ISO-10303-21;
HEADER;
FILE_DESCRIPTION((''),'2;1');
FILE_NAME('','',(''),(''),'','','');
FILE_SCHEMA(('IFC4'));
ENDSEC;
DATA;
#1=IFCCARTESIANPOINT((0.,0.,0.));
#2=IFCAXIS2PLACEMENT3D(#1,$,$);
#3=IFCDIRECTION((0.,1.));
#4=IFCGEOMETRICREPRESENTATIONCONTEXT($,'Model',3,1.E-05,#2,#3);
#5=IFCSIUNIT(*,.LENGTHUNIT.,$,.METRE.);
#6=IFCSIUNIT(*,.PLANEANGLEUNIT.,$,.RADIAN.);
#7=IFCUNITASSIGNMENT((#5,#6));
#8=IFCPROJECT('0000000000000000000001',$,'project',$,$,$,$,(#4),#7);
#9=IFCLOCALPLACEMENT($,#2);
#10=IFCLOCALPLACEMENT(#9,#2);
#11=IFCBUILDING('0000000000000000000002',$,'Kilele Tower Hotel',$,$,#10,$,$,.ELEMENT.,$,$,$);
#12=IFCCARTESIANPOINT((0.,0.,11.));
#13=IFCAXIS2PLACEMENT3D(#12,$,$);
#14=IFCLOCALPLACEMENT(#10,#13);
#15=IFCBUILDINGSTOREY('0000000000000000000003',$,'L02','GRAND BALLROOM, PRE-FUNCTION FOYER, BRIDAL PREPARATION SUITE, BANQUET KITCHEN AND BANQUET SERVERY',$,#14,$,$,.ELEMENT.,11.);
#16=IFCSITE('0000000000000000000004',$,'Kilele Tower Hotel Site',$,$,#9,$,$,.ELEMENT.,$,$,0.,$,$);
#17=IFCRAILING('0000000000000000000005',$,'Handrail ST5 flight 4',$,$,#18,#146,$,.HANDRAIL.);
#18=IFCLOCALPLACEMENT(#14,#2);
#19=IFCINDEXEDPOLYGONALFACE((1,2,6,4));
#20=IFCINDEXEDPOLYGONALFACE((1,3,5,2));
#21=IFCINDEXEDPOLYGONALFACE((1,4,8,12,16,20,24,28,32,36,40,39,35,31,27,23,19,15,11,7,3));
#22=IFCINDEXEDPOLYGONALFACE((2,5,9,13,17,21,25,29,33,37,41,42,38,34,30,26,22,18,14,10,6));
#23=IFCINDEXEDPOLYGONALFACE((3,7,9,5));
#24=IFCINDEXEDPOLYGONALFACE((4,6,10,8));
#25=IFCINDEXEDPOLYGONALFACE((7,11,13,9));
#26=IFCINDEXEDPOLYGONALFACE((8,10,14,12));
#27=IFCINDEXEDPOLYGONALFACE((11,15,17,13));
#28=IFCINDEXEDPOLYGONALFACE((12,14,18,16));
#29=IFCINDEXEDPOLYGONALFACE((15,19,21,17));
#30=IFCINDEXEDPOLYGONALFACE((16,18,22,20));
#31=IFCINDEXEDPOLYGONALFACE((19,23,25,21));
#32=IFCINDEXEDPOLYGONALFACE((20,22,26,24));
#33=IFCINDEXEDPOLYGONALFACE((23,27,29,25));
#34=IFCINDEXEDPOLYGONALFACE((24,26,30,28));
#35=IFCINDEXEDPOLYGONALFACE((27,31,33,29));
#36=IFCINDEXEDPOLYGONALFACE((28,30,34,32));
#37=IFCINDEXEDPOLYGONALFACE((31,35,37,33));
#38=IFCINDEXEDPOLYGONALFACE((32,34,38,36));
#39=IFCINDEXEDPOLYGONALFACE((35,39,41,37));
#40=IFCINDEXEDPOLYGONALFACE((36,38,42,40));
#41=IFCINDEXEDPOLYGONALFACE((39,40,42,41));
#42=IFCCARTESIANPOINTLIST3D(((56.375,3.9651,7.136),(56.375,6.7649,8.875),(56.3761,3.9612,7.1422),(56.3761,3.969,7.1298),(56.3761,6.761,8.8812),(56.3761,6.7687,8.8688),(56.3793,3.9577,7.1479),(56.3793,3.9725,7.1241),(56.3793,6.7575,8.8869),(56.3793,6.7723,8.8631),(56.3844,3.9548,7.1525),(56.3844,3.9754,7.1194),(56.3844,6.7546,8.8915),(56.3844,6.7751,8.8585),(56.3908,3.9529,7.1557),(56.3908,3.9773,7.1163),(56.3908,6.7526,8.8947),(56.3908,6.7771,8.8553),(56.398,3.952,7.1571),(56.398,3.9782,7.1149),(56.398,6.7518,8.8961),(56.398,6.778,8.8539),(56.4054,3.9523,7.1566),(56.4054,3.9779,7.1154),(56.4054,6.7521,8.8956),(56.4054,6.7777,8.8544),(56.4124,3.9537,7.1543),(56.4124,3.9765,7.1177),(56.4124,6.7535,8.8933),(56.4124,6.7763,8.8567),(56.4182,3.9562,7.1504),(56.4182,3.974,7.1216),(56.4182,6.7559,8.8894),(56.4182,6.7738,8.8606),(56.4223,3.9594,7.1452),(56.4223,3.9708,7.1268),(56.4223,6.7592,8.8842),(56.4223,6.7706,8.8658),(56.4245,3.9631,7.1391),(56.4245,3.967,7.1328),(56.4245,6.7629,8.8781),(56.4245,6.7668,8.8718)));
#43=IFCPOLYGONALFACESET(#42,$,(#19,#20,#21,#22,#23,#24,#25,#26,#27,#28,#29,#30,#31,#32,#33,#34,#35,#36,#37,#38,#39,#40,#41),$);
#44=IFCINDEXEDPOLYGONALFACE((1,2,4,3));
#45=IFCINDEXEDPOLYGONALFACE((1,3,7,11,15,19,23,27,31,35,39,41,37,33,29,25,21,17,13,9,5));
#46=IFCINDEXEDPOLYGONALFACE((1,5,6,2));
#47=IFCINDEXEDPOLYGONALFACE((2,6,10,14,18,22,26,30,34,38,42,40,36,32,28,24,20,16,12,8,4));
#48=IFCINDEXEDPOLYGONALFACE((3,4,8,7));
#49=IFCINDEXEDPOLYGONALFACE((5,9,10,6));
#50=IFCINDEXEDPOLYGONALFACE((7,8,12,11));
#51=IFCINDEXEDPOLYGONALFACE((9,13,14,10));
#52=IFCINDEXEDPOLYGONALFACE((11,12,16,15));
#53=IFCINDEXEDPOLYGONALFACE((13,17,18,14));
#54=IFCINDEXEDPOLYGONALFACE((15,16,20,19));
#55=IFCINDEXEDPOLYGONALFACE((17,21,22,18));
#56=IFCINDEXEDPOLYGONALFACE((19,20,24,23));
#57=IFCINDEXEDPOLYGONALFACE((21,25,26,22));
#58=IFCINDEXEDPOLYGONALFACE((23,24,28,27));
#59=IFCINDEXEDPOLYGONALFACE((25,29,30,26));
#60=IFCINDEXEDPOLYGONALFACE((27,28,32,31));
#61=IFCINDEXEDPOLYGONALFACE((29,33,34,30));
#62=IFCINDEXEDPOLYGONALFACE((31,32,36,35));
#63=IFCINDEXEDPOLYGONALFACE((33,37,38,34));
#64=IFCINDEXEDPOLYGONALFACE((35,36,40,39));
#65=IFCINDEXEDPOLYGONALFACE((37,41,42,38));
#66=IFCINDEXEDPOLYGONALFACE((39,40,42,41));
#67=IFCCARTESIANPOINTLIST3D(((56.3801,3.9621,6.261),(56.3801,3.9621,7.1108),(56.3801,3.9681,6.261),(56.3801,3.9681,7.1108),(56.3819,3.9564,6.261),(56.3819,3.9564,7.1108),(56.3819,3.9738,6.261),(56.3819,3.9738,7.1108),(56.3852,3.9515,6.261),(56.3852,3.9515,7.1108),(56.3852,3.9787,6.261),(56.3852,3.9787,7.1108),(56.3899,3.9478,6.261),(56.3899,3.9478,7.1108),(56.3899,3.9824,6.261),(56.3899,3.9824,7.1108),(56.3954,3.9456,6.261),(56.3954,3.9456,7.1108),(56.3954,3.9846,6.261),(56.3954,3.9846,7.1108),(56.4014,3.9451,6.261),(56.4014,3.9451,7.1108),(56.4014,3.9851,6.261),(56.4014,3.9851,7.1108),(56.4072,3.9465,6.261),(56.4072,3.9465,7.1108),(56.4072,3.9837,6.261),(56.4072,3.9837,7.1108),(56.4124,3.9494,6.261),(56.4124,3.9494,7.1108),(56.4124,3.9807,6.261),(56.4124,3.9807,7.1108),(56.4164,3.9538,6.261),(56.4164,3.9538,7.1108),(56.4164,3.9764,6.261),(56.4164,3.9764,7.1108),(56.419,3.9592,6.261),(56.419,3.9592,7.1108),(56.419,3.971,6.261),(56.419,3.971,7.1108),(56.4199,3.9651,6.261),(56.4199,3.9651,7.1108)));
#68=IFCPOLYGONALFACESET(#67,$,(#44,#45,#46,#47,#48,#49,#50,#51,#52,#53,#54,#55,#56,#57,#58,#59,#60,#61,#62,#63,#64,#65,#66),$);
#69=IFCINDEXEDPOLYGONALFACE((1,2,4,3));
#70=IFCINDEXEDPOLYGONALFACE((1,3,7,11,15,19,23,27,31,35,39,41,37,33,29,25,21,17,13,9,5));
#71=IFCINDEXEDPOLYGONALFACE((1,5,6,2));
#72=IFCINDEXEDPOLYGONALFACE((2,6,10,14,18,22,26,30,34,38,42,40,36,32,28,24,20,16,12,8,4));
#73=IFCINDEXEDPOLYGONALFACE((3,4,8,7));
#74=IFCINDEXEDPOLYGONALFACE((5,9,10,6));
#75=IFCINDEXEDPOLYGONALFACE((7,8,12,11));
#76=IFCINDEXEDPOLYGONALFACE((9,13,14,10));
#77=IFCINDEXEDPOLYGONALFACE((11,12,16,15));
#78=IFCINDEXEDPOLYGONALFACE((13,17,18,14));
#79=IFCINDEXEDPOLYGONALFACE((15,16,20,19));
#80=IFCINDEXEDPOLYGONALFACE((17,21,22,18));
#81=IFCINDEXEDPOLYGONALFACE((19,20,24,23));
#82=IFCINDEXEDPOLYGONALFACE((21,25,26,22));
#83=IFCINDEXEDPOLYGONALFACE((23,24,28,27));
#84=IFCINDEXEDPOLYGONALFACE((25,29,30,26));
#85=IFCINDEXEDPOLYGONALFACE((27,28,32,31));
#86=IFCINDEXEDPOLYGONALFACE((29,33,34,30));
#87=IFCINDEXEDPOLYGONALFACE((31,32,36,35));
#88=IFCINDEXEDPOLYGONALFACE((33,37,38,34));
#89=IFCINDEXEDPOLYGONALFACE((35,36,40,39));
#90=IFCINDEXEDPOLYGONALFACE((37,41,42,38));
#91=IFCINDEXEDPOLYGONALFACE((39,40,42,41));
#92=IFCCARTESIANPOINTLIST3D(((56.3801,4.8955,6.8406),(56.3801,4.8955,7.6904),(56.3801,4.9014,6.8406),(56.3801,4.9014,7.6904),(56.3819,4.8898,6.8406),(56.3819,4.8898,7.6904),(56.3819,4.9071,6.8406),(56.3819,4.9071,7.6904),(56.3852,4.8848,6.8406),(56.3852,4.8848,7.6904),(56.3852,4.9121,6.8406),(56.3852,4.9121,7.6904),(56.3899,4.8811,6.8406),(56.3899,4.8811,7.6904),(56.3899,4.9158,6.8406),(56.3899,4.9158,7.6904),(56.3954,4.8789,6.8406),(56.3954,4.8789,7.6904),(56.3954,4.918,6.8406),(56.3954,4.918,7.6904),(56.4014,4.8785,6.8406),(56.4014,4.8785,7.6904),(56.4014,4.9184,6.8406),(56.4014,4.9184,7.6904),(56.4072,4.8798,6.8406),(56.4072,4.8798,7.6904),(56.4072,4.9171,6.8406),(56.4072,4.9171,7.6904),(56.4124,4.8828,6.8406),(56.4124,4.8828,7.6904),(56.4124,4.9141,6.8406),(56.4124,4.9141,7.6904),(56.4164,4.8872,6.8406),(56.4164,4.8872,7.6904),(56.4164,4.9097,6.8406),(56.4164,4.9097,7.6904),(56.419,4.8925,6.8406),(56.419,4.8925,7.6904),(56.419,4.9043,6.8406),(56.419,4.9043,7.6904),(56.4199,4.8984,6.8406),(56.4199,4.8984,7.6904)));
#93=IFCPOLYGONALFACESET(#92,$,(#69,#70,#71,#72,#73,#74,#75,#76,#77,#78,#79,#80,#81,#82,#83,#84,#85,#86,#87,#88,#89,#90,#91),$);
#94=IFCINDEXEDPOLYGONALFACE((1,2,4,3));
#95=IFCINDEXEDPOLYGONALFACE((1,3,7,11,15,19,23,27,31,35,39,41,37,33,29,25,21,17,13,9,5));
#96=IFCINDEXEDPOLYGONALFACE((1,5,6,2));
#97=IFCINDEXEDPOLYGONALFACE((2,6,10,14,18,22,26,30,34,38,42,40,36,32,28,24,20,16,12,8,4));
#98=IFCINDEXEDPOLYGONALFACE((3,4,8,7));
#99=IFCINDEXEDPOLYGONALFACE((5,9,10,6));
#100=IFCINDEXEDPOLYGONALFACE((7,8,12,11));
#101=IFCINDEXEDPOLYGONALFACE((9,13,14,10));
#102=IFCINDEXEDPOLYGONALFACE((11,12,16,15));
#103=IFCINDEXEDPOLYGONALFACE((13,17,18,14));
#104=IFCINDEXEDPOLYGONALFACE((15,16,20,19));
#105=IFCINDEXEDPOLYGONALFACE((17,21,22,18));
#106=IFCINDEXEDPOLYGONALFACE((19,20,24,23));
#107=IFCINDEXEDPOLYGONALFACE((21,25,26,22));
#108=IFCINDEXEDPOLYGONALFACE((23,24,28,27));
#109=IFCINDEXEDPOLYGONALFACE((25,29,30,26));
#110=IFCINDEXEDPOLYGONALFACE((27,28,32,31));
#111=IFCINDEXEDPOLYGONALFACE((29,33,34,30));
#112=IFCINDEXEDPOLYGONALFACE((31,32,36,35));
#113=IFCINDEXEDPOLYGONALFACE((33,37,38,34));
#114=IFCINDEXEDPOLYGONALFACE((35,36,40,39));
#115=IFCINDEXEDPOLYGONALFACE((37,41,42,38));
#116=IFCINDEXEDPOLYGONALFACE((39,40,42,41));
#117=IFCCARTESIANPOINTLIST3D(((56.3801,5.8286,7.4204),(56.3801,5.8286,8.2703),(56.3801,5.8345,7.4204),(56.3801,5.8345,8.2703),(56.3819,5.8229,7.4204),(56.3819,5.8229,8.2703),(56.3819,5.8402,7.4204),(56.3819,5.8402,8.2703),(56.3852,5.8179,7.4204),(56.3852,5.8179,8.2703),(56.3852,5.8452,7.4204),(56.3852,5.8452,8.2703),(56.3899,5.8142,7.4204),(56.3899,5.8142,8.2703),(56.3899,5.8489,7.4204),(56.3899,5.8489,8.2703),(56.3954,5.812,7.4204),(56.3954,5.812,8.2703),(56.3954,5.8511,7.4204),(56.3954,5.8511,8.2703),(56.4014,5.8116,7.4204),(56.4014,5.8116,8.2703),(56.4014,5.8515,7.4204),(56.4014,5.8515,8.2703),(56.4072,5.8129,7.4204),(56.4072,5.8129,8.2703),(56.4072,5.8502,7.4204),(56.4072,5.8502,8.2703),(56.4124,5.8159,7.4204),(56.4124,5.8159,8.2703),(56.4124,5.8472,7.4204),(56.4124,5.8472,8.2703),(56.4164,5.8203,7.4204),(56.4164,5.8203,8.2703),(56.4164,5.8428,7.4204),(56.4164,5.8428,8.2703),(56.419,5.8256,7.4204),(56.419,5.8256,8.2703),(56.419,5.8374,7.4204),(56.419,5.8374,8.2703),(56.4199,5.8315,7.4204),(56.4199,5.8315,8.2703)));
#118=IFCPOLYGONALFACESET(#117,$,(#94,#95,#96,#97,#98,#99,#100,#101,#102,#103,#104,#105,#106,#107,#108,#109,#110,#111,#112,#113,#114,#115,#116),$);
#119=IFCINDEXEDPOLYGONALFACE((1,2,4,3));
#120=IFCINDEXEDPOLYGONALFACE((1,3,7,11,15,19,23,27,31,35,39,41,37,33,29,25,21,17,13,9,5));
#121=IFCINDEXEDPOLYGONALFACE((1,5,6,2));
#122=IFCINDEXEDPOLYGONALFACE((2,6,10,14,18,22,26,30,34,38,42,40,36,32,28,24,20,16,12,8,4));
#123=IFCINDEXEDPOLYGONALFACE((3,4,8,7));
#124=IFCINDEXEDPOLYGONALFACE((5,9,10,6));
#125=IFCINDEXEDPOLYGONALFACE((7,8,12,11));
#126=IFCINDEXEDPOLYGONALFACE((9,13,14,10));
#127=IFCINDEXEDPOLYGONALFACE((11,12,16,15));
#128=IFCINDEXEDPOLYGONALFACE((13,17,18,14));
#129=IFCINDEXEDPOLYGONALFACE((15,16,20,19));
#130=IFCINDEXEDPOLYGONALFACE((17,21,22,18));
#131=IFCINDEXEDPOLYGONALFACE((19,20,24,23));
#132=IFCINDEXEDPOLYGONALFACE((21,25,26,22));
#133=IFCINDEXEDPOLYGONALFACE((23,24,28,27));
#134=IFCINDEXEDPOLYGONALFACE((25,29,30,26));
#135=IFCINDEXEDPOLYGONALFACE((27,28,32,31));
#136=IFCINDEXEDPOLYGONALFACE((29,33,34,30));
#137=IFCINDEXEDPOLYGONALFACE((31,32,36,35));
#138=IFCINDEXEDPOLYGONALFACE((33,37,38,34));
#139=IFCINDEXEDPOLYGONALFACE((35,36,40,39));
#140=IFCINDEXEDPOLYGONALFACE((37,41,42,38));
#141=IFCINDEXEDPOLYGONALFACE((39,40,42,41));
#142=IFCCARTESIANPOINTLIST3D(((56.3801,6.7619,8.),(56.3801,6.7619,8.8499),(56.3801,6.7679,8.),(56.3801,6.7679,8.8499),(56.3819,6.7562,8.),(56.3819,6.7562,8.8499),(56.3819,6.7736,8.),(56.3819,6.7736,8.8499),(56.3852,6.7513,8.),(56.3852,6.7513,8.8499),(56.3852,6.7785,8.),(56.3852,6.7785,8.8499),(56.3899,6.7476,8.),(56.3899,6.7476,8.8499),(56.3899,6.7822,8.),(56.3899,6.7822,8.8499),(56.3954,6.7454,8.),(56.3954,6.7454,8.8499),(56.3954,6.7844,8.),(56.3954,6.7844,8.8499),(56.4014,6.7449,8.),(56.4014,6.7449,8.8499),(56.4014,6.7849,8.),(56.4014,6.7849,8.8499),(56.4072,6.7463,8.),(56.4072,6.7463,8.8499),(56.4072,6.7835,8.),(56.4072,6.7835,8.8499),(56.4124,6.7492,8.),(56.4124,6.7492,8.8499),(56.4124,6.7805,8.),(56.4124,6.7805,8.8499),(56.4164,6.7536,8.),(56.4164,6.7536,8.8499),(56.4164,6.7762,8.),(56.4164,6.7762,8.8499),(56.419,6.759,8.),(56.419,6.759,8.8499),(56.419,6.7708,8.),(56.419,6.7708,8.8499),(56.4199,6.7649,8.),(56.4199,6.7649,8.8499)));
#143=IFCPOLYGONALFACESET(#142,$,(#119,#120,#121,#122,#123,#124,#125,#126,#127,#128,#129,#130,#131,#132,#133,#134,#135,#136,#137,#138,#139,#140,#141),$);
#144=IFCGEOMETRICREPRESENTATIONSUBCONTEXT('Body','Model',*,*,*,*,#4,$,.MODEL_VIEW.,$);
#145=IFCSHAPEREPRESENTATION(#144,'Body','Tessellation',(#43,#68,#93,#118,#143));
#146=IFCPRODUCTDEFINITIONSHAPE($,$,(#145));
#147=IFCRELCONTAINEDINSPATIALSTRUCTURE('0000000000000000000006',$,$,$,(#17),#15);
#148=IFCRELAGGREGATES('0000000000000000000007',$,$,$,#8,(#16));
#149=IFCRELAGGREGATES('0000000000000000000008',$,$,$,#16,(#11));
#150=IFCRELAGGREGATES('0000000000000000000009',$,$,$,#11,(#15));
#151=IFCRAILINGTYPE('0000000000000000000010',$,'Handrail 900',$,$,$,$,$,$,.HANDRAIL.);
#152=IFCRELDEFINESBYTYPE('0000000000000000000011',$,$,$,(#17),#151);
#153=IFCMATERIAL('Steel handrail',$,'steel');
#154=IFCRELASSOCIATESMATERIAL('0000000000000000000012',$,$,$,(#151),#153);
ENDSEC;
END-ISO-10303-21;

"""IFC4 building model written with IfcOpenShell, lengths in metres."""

from ifc_helpers import new_model, si_unit, direction, frame, origin, origin_2d, place, context, subcontext, project, spatial, circle, extrude, material, type_object, element, save


model = new_model("IFC4")

# Units and contexts
model_context = context("Model", 3, precision=1e-05, world=origin(), true_north=direction((0.0, 1.0)))
body_context = subcontext(model_context, "Body", "Model", "MODEL_VIEW")
ifc_project = project(units=[si_unit("LENGTHUNIT", "METRE"), si_unit("PLANEANGLEUNIT", "RADIAN")], contexts=[model_context])

# Site, building, storey
site_placement = place(None, origin())
site = spatial("IfcSite", under=ifc_project, at=site_placement, Name="Kilele Tower Hotel Site", CompositionType="ELEMENT", RefElevation=0.0)
building_placement = place(site_placement, origin())
building = spatial("IfcBuilding", under=site, at=building_placement, Name="Kilele Tower Hotel", CompositionType="ELEMENT")
storey_placement = place(building_placement, frame((0.0, 0.0, 11.0)))
storey = spatial("IfcBuildingStorey", under=building, at=storey_placement, Name="L02", Description="GRAND BALLROOM, PRE-FUNCTION FOYER, BRIDAL PREPARATION SUITE, BANQUET KITCHEN AND BANQUET SERVERY", CompositionType="ELEMENT", Elevation=11.0)

# Railing
ifc_material_1 = material(Name="Steel handrail", Category="steel")
railing_type_1 = type_object("IfcRailingType", Name="Handrail 900", PredefinedType="HANDRAIL", material=ifc_material_1)
for number, where, name in (
    (1, (56.3999, 3.9651, 6.261), "Handrail ST5 flight 4"),
):
    element("IfcRailing", number, at=place(storey_placement, frame(where)), inside=storey, type_object=railing_type_1, Name=name, PredefinedType="HANDRAIL", context=body_context, shape_type="SweptSolid", body=[
        extrude(circle(Radius=0.0249, at=origin_2d()), frame((0.0, 0.0, 0.875), z_axis=(0.0, 0.849476, 0.527627), x_axis=(-1.0, 0.0, 0.0)), (0.0, 0.0, 1.0), 3.2959),
        extrude(circle(Radius=0.02, at=origin_2d()), origin(), (0.0, 0.0, 1.0), 0.8499),
        extrude(circle(Radius=0.02, at=origin_2d()), frame((0.0, 0.9333, 0.5796)), (0.0, 0.0, 1.0), 0.8499),
        extrude(circle(Radius=0.02, at=origin_2d()), frame((0.0, 1.8665, 1.1594)), (0.0, 0.0, 1.0), 0.8499),
        extrude(circle(Radius=0.02, at=origin_2d()), frame((0.0, 2.7998, 1.739)), (0.0, 0.0, 1.0), 0.8499),
    ])

save(model, "model.ifc")
